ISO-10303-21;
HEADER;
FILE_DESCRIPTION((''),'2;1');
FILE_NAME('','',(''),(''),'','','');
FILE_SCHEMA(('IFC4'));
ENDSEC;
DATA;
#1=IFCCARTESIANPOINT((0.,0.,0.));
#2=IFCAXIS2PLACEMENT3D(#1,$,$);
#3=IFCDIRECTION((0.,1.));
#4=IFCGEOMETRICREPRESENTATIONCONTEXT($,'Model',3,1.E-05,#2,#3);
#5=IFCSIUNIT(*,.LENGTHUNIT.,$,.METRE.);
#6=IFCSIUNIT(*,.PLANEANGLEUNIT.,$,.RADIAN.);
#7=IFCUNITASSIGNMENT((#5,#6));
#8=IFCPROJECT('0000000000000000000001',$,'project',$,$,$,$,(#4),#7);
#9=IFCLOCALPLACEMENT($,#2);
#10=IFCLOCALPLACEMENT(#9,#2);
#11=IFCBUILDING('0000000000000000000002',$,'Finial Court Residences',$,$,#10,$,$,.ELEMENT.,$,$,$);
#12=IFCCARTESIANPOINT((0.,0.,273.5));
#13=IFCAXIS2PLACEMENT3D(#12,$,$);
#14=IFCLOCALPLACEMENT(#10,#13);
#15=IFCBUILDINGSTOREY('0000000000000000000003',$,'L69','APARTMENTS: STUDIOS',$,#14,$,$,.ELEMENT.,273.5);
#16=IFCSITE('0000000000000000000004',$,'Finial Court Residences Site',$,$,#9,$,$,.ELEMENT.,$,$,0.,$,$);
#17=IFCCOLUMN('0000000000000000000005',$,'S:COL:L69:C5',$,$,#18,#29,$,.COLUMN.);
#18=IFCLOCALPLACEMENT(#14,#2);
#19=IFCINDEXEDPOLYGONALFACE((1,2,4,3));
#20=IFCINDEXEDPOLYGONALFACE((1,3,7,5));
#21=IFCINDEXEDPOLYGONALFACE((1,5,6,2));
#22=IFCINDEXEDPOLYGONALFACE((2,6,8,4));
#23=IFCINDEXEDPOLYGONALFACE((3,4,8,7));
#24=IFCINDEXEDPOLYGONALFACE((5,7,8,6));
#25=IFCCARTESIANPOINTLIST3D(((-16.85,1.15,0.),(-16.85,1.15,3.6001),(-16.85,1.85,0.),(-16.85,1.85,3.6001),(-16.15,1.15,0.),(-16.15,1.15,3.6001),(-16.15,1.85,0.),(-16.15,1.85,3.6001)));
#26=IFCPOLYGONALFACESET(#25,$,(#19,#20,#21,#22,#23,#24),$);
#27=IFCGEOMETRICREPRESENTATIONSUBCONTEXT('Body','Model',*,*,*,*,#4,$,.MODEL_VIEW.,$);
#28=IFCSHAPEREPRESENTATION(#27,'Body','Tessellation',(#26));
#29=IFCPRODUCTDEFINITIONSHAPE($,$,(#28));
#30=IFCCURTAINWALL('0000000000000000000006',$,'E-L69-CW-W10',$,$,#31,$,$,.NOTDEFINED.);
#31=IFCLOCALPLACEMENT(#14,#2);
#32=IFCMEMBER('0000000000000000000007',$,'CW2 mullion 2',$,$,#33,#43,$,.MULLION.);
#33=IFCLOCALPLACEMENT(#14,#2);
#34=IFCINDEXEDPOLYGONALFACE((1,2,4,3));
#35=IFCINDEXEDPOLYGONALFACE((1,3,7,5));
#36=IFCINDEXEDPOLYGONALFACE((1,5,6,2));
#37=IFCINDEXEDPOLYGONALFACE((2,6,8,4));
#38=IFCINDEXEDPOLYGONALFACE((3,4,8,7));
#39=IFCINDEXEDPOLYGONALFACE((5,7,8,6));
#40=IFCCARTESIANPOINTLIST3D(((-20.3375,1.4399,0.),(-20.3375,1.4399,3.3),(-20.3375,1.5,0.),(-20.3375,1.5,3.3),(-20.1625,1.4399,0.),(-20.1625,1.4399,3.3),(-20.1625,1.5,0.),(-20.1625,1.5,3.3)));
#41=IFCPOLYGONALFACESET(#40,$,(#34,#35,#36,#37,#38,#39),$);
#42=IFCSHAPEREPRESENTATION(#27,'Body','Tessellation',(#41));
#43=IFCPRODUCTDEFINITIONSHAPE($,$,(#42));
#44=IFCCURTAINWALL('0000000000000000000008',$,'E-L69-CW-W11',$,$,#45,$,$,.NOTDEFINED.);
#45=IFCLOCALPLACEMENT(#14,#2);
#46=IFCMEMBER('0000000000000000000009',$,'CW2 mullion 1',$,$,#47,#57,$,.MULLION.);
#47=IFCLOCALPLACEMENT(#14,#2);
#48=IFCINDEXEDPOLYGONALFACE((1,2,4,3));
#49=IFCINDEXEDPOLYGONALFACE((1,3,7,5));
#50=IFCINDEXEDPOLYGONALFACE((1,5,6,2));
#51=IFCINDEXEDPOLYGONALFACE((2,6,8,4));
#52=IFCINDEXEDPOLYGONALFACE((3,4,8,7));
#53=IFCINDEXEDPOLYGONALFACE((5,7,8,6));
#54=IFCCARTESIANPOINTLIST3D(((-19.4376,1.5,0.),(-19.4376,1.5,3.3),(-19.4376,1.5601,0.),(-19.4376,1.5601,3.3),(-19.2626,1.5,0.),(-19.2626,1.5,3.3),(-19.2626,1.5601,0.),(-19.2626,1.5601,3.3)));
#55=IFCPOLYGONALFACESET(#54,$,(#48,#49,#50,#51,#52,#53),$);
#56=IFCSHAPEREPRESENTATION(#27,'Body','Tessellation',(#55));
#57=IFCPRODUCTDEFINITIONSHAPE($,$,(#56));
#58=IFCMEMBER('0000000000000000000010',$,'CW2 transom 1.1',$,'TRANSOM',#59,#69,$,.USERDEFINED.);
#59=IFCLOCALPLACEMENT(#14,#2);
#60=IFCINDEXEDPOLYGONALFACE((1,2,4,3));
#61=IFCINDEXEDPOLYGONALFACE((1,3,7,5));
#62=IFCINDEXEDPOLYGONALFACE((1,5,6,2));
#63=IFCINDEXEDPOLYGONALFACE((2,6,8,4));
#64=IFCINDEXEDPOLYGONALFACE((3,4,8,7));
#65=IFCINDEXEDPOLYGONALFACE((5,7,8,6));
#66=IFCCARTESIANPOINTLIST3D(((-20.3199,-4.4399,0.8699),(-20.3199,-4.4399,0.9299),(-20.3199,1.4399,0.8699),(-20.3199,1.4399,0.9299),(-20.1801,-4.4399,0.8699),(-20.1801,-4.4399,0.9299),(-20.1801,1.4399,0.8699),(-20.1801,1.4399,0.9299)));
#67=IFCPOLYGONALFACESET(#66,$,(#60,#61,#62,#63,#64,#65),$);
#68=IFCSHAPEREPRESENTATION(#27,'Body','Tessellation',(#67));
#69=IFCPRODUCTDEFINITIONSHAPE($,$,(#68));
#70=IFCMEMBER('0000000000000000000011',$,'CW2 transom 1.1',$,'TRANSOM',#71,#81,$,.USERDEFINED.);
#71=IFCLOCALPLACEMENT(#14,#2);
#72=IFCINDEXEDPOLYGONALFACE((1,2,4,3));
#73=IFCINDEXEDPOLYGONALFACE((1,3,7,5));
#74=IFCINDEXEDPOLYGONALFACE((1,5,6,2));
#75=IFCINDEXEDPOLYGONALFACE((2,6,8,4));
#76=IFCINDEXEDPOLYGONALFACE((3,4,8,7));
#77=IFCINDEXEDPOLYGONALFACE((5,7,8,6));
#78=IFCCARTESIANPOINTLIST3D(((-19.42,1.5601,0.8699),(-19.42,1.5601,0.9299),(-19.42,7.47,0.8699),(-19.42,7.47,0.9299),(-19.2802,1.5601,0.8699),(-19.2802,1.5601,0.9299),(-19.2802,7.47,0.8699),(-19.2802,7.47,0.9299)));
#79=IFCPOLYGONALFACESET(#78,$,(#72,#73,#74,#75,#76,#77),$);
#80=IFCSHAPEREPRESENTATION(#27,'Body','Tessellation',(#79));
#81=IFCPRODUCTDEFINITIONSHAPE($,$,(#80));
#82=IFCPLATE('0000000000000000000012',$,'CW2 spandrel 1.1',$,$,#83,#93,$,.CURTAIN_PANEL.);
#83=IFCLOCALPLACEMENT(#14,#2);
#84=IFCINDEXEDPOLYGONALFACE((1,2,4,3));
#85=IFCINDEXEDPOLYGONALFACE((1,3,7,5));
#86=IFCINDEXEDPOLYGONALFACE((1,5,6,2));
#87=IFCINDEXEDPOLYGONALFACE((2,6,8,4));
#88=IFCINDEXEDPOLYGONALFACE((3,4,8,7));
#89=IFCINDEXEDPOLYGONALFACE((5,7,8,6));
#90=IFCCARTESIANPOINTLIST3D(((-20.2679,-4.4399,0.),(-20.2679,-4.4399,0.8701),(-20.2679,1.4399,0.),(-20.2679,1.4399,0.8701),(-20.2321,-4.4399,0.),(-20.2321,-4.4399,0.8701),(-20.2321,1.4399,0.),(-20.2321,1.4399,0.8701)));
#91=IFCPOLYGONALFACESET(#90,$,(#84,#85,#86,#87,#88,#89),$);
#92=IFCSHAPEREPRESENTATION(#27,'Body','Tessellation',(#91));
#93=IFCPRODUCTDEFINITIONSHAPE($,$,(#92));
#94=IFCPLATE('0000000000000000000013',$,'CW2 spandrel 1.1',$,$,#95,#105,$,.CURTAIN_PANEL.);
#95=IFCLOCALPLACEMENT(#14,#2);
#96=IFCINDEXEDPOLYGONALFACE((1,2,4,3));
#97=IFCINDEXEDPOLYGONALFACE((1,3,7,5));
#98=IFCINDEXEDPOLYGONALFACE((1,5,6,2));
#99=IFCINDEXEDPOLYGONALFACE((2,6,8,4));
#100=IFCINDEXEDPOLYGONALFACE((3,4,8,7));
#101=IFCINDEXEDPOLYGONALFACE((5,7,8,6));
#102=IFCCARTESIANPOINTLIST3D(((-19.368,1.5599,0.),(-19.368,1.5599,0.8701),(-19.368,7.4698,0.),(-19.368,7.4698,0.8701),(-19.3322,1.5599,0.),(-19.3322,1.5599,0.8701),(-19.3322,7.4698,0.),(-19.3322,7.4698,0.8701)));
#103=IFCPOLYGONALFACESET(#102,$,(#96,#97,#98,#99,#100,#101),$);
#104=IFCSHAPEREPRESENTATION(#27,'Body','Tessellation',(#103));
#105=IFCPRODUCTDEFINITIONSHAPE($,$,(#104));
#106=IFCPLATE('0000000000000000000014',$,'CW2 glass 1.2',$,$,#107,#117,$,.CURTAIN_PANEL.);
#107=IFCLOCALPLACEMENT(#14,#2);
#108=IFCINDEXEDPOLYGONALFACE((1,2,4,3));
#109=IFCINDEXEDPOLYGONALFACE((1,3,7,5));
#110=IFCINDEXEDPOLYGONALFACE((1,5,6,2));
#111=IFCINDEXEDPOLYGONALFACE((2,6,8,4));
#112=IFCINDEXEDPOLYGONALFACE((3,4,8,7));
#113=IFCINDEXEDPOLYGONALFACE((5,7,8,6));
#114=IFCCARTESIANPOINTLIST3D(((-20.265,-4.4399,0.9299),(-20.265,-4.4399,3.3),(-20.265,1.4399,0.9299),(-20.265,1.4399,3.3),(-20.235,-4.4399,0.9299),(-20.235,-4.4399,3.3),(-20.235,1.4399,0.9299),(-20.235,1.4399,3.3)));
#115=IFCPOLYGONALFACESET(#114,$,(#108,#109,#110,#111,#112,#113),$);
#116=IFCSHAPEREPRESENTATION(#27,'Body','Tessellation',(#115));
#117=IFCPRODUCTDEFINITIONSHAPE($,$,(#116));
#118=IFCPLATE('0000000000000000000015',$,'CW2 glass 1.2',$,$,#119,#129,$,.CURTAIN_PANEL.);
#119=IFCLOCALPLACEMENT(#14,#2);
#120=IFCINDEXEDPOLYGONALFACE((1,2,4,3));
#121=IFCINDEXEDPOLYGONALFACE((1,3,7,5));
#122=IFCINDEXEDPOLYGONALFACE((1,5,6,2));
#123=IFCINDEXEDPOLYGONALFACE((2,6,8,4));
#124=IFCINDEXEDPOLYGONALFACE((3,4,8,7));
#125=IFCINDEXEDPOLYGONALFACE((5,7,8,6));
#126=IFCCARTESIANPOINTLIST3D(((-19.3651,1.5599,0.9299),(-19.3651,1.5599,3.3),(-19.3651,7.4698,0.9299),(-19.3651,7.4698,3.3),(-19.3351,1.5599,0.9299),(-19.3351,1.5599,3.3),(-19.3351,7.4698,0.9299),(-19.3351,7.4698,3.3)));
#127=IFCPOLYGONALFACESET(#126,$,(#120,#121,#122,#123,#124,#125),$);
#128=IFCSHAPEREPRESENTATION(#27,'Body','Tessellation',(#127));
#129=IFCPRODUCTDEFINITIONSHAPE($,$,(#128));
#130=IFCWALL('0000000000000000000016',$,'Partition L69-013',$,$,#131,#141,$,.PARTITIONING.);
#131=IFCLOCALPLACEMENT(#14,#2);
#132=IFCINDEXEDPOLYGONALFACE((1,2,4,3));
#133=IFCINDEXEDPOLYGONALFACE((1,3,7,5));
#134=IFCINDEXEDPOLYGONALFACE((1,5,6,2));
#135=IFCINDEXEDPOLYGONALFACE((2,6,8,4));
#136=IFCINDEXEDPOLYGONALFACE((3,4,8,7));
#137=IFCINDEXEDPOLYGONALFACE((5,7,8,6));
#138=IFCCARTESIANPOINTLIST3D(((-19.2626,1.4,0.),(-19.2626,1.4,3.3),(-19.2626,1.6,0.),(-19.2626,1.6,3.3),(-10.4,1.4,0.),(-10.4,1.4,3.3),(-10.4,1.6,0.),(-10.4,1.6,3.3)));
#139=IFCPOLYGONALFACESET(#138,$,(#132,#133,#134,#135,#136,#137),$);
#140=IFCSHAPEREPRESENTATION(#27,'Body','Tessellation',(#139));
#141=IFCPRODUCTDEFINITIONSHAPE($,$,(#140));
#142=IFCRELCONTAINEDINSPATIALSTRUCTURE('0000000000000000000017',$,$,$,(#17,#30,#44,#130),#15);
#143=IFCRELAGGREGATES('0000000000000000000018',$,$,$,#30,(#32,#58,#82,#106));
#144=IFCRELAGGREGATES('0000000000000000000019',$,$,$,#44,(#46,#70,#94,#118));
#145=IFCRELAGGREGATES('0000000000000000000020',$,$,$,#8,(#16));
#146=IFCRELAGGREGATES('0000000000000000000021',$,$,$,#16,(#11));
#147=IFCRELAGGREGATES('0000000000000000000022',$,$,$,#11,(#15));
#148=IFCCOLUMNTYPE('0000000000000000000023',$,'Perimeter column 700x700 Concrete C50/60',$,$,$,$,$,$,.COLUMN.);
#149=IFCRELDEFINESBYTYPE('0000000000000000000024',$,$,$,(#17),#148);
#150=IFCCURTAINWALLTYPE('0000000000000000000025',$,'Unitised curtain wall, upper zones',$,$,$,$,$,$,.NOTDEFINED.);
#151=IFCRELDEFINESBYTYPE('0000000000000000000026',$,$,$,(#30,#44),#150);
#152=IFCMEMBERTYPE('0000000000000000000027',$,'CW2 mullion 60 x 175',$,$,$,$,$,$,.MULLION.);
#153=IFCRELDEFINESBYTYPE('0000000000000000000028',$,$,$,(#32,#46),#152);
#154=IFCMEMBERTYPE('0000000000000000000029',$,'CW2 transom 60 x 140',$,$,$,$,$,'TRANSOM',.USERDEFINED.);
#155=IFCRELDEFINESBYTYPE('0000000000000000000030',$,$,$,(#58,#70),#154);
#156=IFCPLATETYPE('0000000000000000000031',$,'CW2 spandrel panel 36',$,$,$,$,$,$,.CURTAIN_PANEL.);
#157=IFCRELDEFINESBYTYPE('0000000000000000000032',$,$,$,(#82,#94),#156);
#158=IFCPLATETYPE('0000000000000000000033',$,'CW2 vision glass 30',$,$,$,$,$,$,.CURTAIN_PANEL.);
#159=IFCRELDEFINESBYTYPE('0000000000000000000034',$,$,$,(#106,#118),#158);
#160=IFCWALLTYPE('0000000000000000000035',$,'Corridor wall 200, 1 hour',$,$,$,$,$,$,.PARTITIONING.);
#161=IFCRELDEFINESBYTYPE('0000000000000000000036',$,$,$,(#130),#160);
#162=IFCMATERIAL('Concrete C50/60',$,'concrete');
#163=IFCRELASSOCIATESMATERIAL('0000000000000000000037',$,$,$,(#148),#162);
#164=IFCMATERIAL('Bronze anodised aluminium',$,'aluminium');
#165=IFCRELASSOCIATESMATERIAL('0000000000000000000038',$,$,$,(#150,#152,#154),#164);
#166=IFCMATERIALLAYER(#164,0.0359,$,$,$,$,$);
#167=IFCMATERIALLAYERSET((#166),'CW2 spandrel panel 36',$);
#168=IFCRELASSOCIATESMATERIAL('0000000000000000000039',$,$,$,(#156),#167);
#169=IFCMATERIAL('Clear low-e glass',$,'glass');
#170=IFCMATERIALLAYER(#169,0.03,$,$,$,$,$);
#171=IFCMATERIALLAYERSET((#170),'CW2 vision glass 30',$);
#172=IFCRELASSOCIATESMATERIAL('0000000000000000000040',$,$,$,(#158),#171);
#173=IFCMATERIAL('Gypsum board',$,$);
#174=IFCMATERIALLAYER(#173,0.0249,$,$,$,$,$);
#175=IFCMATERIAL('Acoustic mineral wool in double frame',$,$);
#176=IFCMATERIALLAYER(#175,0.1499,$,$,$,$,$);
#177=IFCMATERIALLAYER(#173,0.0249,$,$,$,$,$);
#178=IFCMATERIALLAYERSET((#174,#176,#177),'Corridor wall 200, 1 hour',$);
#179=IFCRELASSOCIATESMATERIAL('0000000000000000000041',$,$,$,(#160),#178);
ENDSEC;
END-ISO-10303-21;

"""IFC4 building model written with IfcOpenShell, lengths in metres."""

from ifc_helpers import new_model, si_unit, direction, frame, frame_2d, origin, origin_2d, place, context, subcontext, project, spatial, rectangle, extrude, material, layer, layer_set, material_profile, profile_set, type_object, element, aggregate, save


model = new_model("IFC4")

# Units and contexts
model_context = context("Model", 3, precision=1e-05, world=origin(), true_north=direction((0.0, 1.0)))
body_context = subcontext(model_context, "Body", "Model", "MODEL_VIEW")
ifc_project = project(units=[si_unit("LENGTHUNIT", "METRE"), si_unit("PLANEANGLEUNIT", "RADIAN")], contexts=[model_context])

# Site, building, storey
site_placement = place(None, origin())
site = spatial("IfcSite", under=ifc_project, at=site_placement, Name="Finial Court Residences Site", CompositionType="ELEMENT", RefElevation=0.0)
building_placement = place(site_placement, origin())
building = spatial("IfcBuilding", under=site, at=building_placement, Name="Finial Court Residences", CompositionType="ELEMENT")
storey_placement = place(building_placement, frame((0.0, 0.0, 273.5)))
storey = spatial("IfcBuildingStorey", under=building, at=storey_placement, Name="L69", Description="APARTMENTS: STUDIOS", CompositionType="ELEMENT", Elevation=273.5)

# Column
ifc_material_1 = material(Name="Concrete C50/60", Category="concrete")
ifc_material_profile_1 = material_profile(ifc_material_1, rectangle(XDim=0.7, YDim=0.7, at=origin_2d()), Name="700x700")
ifc_profile_set_1 = profile_set([ifc_material_profile_1], Name="Concrete C50/60")
column_type = type_object("IfcColumnType", Name="Perimeter column 700x700 Concrete C50/60", PredefinedType="COLUMN", material=ifc_profile_set_1)
column_placement = place(storey_placement, frame((-16.5, 1.5, 0.0), z_axis=(0.0, 0.0, 1.0), x_axis=(1.0, 0.0, 0.0)))
element("IfcColumn", 1, at=column_placement, inside=storey, type_object=column_type, Name="S:COL:L69:C5", PredefinedType="COLUMN", context=body_context, shape_type="SweptSolid", body=[
    extrude(rectangle(XDim=0.7, YDim=0.7, at=origin_2d()), origin(), (0.0, 0.0, 1.0), 3.6001),
])

# Curtain walls, members
ifc_material_2 = material(Name="Bronze anodised aluminium", Category="aluminium")
curtain_wall_type = type_object("IfcCurtainWallType", Name="Unitised curtain wall, upper zones", PredefinedType="NOTDEFINED", material=ifc_material_2)
curtain_wall_1_placement = place(storey_placement, origin())
curtain_wall_1 = element("IfcCurtainWall", 2, at=curtain_wall_1_placement, inside=storey, type_object=curtain_wall_type, Name="E-L69-CW-W10", PredefinedType="NOTDEFINED")
ifc_material_profile_2 = material_profile(ifc_material_2, rectangle(XDim=0.175, YDim=0.0601, at=origin_2d()), Name="CW2 mullion 60 x 175")
ifc_profile_set_2 = profile_set([ifc_material_profile_2], Name="Bronze anodised aluminium")
member_type_1 = type_object("IfcMemberType", Name="CW2 mullion 60 x 175", PredefinedType="MULLION", material=ifc_profile_set_2)
member_1_placement = place(storey_placement, frame((-20.25, 1.47, 0.0), z_axis=(0.0, 0.0, 1.0), x_axis=(-1.0, 0.0, 0.0)))
member_1 = element("IfcMember", 3, at=member_1_placement, type_object=member_type_1, Name="CW2 mullion 2", PredefinedType="MULLION", context=body_context, shape_type="SweptSolid", body=[
    extrude(rectangle(XDim=0.175, YDim=0.0601, at=origin_2d()), origin(), (0.0, 0.0, 1.0), 3.3),
])
curtain_wall_2_placement = place(storey_placement, origin())
curtain_wall_2 = element("IfcCurtainWall", 4, at=curtain_wall_2_placement, inside=storey, type_object=curtain_wall_type, Name="E-L69-CW-W11", PredefinedType="NOTDEFINED")
member_2_placement = place(storey_placement, frame((-19.3501, 1.53, 0.0), z_axis=(0.0, 0.0, 1.0), x_axis=(-1.0, 0.0, 0.0)))
member_2 = element("IfcMember", 5, at=member_2_placement, type_object=member_type_1, Name="CW2 mullion 1", PredefinedType="MULLION", context=body_context, shape_type="SweptSolid", body=[
    extrude(rectangle(XDim=0.175, YDim=0.0601, at=origin_2d()), origin(), (0.0, 0.0, 1.0), 3.3),
])

# Members
ifc_material_profile_3 = material_profile(ifc_material_2, rectangle(XDim=0.1399, YDim=0.0601, at=origin_2d()), Name="CW2 transom 60 x 140")
ifc_profile_set_3 = profile_set([ifc_material_profile_3], Name="Bronze anodised aluminium")
member_type_2 = type_object("IfcMemberType", Name="CW2 transom 60 x 140", ElementType="TRANSOM", PredefinedType="USERDEFINED", material=ifc_profile_set_3)
member_3_placement = place(storey_placement, frame((-20.25, -4.4399, 0.8999), z_axis=(0.0, 1.0, 0.0), x_axis=(-1.0, 0.0, 0.0)))
member_3 = element("IfcMember", 6, at=member_3_placement, type_object=member_type_2, Name="CW2 transom 1.1", ObjectType="TRANSOM", PredefinedType="USERDEFINED", context=body_context, shape_type="SweptSolid", body=[
    extrude(rectangle(XDim=0.1399, YDim=0.0601, at=origin_2d()), origin(), (0.0, 0.0, 1.0), 5.8799),
])
member_4_placement = place(storey_placement, frame((-19.3501, 1.5601, 0.8999), z_axis=(0.0, 1.0, 0.0), x_axis=(-1.0, 0.0, 0.0)))
member_4 = element("IfcMember", 7, at=member_4_placement, type_object=member_type_2, Name="CW2 transom 1.1", ObjectType="TRANSOM", PredefinedType="USERDEFINED", context=body_context, shape_type="SweptSolid", body=[
    extrude(rectangle(XDim=0.1399, YDim=0.0601, at=origin_2d()), origin(), (0.0, 0.0, 1.0), 5.9099),
])

# Plates
ifc_layer_1 = layer(ifc_material_2, 0.0359)
ifc_layer_set_1 = layer_set([ifc_layer_1], Name="CW2 spandrel panel 36")
plate_type_1 = type_object("IfcPlateType", Name="CW2 spandrel panel 36", PredefinedType="CURTAIN_PANEL", material=ifc_layer_set_1)
plate_1_placement = place(storey_placement, frame((-20.25, -1.5, 0.0), z_axis=(0.0, 0.0, 1.0), x_axis=(0.0, 1.0, 0.0)))
plate_1 = element("IfcPlate", 8, at=plate_1_placement, type_object=plate_type_1, Name="CW2 spandrel 1.1", PredefinedType="CURTAIN_PANEL", context=body_context, shape_type="SweptSolid", body=[
    extrude(rectangle(XDim=5.8799, YDim=0.0359, at=origin_2d()), origin(), (0.0, 0.0, 1.0), 0.8701),
])
plate_2_placement = place(storey_placement, frame((-19.3501, 4.5149, 0.0), z_axis=(0.0, 0.0, 1.0), x_axis=(0.0, 1.0, 0.0)))
plate_2 = element("IfcPlate", 9, at=plate_2_placement, type_object=plate_type_1, Name="CW2 spandrel 1.1", PredefinedType="CURTAIN_PANEL", context=body_context, shape_type="SweptSolid", body=[
    extrude(rectangle(XDim=5.9099, YDim=0.0359, at=origin_2d()), origin(), (0.0, 0.0, 1.0), 0.8701),
])
ifc_material_3 = material(Name="Clear low-e glass", Category="glass")
ifc_layer_2 = layer(ifc_material_3, 0.03)
ifc_layer_set_2 = layer_set([ifc_layer_2], Name="CW2 vision glass 30")
plate_type_2 = type_object("IfcPlateType", Name="CW2 vision glass 30", PredefinedType="CURTAIN_PANEL", material=ifc_layer_set_2)
plate_3_placement = place(storey_placement, frame((-20.25, -1.5, 0.9299), z_axis=(0.0, 0.0, 1.0), x_axis=(0.0, 1.0, 0.0)))
plate_3 = element("IfcPlate", 10, at=plate_3_placement, type_object=plate_type_2, Name="CW2 glass 1.2", PredefinedType="CURTAIN_PANEL", context=body_context, shape_type="SweptSolid", body=[
    extrude(rectangle(XDim=5.8799, YDim=0.03, at=origin_2d()), origin(), (0.0, 0.0, 1.0), 2.3701),
])
aggregate(curtain_wall_1, [member_1, member_3, plate_1, plate_3])
plate_4_placement = place(storey_placement, frame((-19.3501, 4.5149, 0.9299), z_axis=(0.0, 0.0, 1.0), x_axis=(0.0, 1.0, 0.0)))
plate_4 = element("IfcPlate", 11, at=plate_4_placement, type_object=plate_type_2, Name="CW2 glass 1.2", PredefinedType="CURTAIN_PANEL", context=body_context, shape_type="SweptSolid", body=[
    extrude(rectangle(XDim=5.9099, YDim=0.03, at=origin_2d()), origin(), (0.0, 0.0, 1.0), 2.3701),
])
aggregate(curtain_wall_2, [member_2, member_4, plate_2, plate_4])

# Wall
ifc_material_4 = material(Name="Gypsum board")
ifc_layer_3 = layer(ifc_material_4, 0.0249)
ifc_material_5 = material(Name="Acoustic mineral wool in double frame")
ifc_layer_4 = layer(ifc_material_5, 0.1499)
ifc_layer_5 = layer(ifc_material_4, 0.0249)
ifc_layer_set_3 = layer_set([ifc_layer_3, ifc_layer_4, ifc_layer_5], Name="Corridor wall 200, 1 hour")
wall_type_1 = type_object("IfcWallType", Name="Corridor wall 200, 1 hour", PredefinedType="PARTITIONING", material=ifc_layer_set_3)
wall_1_placement = place(storey_placement, frame((-19.2625, 1.5, 0.0), z_axis=(0.0, 0.0, 1.0), x_axis=(1.0, 0.0, 0.0)))
element("IfcWall", 12, at=wall_1_placement, inside=storey, type_object=wall_type_1, Name="Partition L69-013", PredefinedType="PARTITIONING", context=body_context, shape_type="SweptSolid", body=[
    extrude(rectangle(XDim=8.8625, YDim=0.2, at=frame_2d((4.4312, 0.0))), origin(), (0.0, 0.0, 1.0), 3.3),
])

save(model, "model.ifc")
